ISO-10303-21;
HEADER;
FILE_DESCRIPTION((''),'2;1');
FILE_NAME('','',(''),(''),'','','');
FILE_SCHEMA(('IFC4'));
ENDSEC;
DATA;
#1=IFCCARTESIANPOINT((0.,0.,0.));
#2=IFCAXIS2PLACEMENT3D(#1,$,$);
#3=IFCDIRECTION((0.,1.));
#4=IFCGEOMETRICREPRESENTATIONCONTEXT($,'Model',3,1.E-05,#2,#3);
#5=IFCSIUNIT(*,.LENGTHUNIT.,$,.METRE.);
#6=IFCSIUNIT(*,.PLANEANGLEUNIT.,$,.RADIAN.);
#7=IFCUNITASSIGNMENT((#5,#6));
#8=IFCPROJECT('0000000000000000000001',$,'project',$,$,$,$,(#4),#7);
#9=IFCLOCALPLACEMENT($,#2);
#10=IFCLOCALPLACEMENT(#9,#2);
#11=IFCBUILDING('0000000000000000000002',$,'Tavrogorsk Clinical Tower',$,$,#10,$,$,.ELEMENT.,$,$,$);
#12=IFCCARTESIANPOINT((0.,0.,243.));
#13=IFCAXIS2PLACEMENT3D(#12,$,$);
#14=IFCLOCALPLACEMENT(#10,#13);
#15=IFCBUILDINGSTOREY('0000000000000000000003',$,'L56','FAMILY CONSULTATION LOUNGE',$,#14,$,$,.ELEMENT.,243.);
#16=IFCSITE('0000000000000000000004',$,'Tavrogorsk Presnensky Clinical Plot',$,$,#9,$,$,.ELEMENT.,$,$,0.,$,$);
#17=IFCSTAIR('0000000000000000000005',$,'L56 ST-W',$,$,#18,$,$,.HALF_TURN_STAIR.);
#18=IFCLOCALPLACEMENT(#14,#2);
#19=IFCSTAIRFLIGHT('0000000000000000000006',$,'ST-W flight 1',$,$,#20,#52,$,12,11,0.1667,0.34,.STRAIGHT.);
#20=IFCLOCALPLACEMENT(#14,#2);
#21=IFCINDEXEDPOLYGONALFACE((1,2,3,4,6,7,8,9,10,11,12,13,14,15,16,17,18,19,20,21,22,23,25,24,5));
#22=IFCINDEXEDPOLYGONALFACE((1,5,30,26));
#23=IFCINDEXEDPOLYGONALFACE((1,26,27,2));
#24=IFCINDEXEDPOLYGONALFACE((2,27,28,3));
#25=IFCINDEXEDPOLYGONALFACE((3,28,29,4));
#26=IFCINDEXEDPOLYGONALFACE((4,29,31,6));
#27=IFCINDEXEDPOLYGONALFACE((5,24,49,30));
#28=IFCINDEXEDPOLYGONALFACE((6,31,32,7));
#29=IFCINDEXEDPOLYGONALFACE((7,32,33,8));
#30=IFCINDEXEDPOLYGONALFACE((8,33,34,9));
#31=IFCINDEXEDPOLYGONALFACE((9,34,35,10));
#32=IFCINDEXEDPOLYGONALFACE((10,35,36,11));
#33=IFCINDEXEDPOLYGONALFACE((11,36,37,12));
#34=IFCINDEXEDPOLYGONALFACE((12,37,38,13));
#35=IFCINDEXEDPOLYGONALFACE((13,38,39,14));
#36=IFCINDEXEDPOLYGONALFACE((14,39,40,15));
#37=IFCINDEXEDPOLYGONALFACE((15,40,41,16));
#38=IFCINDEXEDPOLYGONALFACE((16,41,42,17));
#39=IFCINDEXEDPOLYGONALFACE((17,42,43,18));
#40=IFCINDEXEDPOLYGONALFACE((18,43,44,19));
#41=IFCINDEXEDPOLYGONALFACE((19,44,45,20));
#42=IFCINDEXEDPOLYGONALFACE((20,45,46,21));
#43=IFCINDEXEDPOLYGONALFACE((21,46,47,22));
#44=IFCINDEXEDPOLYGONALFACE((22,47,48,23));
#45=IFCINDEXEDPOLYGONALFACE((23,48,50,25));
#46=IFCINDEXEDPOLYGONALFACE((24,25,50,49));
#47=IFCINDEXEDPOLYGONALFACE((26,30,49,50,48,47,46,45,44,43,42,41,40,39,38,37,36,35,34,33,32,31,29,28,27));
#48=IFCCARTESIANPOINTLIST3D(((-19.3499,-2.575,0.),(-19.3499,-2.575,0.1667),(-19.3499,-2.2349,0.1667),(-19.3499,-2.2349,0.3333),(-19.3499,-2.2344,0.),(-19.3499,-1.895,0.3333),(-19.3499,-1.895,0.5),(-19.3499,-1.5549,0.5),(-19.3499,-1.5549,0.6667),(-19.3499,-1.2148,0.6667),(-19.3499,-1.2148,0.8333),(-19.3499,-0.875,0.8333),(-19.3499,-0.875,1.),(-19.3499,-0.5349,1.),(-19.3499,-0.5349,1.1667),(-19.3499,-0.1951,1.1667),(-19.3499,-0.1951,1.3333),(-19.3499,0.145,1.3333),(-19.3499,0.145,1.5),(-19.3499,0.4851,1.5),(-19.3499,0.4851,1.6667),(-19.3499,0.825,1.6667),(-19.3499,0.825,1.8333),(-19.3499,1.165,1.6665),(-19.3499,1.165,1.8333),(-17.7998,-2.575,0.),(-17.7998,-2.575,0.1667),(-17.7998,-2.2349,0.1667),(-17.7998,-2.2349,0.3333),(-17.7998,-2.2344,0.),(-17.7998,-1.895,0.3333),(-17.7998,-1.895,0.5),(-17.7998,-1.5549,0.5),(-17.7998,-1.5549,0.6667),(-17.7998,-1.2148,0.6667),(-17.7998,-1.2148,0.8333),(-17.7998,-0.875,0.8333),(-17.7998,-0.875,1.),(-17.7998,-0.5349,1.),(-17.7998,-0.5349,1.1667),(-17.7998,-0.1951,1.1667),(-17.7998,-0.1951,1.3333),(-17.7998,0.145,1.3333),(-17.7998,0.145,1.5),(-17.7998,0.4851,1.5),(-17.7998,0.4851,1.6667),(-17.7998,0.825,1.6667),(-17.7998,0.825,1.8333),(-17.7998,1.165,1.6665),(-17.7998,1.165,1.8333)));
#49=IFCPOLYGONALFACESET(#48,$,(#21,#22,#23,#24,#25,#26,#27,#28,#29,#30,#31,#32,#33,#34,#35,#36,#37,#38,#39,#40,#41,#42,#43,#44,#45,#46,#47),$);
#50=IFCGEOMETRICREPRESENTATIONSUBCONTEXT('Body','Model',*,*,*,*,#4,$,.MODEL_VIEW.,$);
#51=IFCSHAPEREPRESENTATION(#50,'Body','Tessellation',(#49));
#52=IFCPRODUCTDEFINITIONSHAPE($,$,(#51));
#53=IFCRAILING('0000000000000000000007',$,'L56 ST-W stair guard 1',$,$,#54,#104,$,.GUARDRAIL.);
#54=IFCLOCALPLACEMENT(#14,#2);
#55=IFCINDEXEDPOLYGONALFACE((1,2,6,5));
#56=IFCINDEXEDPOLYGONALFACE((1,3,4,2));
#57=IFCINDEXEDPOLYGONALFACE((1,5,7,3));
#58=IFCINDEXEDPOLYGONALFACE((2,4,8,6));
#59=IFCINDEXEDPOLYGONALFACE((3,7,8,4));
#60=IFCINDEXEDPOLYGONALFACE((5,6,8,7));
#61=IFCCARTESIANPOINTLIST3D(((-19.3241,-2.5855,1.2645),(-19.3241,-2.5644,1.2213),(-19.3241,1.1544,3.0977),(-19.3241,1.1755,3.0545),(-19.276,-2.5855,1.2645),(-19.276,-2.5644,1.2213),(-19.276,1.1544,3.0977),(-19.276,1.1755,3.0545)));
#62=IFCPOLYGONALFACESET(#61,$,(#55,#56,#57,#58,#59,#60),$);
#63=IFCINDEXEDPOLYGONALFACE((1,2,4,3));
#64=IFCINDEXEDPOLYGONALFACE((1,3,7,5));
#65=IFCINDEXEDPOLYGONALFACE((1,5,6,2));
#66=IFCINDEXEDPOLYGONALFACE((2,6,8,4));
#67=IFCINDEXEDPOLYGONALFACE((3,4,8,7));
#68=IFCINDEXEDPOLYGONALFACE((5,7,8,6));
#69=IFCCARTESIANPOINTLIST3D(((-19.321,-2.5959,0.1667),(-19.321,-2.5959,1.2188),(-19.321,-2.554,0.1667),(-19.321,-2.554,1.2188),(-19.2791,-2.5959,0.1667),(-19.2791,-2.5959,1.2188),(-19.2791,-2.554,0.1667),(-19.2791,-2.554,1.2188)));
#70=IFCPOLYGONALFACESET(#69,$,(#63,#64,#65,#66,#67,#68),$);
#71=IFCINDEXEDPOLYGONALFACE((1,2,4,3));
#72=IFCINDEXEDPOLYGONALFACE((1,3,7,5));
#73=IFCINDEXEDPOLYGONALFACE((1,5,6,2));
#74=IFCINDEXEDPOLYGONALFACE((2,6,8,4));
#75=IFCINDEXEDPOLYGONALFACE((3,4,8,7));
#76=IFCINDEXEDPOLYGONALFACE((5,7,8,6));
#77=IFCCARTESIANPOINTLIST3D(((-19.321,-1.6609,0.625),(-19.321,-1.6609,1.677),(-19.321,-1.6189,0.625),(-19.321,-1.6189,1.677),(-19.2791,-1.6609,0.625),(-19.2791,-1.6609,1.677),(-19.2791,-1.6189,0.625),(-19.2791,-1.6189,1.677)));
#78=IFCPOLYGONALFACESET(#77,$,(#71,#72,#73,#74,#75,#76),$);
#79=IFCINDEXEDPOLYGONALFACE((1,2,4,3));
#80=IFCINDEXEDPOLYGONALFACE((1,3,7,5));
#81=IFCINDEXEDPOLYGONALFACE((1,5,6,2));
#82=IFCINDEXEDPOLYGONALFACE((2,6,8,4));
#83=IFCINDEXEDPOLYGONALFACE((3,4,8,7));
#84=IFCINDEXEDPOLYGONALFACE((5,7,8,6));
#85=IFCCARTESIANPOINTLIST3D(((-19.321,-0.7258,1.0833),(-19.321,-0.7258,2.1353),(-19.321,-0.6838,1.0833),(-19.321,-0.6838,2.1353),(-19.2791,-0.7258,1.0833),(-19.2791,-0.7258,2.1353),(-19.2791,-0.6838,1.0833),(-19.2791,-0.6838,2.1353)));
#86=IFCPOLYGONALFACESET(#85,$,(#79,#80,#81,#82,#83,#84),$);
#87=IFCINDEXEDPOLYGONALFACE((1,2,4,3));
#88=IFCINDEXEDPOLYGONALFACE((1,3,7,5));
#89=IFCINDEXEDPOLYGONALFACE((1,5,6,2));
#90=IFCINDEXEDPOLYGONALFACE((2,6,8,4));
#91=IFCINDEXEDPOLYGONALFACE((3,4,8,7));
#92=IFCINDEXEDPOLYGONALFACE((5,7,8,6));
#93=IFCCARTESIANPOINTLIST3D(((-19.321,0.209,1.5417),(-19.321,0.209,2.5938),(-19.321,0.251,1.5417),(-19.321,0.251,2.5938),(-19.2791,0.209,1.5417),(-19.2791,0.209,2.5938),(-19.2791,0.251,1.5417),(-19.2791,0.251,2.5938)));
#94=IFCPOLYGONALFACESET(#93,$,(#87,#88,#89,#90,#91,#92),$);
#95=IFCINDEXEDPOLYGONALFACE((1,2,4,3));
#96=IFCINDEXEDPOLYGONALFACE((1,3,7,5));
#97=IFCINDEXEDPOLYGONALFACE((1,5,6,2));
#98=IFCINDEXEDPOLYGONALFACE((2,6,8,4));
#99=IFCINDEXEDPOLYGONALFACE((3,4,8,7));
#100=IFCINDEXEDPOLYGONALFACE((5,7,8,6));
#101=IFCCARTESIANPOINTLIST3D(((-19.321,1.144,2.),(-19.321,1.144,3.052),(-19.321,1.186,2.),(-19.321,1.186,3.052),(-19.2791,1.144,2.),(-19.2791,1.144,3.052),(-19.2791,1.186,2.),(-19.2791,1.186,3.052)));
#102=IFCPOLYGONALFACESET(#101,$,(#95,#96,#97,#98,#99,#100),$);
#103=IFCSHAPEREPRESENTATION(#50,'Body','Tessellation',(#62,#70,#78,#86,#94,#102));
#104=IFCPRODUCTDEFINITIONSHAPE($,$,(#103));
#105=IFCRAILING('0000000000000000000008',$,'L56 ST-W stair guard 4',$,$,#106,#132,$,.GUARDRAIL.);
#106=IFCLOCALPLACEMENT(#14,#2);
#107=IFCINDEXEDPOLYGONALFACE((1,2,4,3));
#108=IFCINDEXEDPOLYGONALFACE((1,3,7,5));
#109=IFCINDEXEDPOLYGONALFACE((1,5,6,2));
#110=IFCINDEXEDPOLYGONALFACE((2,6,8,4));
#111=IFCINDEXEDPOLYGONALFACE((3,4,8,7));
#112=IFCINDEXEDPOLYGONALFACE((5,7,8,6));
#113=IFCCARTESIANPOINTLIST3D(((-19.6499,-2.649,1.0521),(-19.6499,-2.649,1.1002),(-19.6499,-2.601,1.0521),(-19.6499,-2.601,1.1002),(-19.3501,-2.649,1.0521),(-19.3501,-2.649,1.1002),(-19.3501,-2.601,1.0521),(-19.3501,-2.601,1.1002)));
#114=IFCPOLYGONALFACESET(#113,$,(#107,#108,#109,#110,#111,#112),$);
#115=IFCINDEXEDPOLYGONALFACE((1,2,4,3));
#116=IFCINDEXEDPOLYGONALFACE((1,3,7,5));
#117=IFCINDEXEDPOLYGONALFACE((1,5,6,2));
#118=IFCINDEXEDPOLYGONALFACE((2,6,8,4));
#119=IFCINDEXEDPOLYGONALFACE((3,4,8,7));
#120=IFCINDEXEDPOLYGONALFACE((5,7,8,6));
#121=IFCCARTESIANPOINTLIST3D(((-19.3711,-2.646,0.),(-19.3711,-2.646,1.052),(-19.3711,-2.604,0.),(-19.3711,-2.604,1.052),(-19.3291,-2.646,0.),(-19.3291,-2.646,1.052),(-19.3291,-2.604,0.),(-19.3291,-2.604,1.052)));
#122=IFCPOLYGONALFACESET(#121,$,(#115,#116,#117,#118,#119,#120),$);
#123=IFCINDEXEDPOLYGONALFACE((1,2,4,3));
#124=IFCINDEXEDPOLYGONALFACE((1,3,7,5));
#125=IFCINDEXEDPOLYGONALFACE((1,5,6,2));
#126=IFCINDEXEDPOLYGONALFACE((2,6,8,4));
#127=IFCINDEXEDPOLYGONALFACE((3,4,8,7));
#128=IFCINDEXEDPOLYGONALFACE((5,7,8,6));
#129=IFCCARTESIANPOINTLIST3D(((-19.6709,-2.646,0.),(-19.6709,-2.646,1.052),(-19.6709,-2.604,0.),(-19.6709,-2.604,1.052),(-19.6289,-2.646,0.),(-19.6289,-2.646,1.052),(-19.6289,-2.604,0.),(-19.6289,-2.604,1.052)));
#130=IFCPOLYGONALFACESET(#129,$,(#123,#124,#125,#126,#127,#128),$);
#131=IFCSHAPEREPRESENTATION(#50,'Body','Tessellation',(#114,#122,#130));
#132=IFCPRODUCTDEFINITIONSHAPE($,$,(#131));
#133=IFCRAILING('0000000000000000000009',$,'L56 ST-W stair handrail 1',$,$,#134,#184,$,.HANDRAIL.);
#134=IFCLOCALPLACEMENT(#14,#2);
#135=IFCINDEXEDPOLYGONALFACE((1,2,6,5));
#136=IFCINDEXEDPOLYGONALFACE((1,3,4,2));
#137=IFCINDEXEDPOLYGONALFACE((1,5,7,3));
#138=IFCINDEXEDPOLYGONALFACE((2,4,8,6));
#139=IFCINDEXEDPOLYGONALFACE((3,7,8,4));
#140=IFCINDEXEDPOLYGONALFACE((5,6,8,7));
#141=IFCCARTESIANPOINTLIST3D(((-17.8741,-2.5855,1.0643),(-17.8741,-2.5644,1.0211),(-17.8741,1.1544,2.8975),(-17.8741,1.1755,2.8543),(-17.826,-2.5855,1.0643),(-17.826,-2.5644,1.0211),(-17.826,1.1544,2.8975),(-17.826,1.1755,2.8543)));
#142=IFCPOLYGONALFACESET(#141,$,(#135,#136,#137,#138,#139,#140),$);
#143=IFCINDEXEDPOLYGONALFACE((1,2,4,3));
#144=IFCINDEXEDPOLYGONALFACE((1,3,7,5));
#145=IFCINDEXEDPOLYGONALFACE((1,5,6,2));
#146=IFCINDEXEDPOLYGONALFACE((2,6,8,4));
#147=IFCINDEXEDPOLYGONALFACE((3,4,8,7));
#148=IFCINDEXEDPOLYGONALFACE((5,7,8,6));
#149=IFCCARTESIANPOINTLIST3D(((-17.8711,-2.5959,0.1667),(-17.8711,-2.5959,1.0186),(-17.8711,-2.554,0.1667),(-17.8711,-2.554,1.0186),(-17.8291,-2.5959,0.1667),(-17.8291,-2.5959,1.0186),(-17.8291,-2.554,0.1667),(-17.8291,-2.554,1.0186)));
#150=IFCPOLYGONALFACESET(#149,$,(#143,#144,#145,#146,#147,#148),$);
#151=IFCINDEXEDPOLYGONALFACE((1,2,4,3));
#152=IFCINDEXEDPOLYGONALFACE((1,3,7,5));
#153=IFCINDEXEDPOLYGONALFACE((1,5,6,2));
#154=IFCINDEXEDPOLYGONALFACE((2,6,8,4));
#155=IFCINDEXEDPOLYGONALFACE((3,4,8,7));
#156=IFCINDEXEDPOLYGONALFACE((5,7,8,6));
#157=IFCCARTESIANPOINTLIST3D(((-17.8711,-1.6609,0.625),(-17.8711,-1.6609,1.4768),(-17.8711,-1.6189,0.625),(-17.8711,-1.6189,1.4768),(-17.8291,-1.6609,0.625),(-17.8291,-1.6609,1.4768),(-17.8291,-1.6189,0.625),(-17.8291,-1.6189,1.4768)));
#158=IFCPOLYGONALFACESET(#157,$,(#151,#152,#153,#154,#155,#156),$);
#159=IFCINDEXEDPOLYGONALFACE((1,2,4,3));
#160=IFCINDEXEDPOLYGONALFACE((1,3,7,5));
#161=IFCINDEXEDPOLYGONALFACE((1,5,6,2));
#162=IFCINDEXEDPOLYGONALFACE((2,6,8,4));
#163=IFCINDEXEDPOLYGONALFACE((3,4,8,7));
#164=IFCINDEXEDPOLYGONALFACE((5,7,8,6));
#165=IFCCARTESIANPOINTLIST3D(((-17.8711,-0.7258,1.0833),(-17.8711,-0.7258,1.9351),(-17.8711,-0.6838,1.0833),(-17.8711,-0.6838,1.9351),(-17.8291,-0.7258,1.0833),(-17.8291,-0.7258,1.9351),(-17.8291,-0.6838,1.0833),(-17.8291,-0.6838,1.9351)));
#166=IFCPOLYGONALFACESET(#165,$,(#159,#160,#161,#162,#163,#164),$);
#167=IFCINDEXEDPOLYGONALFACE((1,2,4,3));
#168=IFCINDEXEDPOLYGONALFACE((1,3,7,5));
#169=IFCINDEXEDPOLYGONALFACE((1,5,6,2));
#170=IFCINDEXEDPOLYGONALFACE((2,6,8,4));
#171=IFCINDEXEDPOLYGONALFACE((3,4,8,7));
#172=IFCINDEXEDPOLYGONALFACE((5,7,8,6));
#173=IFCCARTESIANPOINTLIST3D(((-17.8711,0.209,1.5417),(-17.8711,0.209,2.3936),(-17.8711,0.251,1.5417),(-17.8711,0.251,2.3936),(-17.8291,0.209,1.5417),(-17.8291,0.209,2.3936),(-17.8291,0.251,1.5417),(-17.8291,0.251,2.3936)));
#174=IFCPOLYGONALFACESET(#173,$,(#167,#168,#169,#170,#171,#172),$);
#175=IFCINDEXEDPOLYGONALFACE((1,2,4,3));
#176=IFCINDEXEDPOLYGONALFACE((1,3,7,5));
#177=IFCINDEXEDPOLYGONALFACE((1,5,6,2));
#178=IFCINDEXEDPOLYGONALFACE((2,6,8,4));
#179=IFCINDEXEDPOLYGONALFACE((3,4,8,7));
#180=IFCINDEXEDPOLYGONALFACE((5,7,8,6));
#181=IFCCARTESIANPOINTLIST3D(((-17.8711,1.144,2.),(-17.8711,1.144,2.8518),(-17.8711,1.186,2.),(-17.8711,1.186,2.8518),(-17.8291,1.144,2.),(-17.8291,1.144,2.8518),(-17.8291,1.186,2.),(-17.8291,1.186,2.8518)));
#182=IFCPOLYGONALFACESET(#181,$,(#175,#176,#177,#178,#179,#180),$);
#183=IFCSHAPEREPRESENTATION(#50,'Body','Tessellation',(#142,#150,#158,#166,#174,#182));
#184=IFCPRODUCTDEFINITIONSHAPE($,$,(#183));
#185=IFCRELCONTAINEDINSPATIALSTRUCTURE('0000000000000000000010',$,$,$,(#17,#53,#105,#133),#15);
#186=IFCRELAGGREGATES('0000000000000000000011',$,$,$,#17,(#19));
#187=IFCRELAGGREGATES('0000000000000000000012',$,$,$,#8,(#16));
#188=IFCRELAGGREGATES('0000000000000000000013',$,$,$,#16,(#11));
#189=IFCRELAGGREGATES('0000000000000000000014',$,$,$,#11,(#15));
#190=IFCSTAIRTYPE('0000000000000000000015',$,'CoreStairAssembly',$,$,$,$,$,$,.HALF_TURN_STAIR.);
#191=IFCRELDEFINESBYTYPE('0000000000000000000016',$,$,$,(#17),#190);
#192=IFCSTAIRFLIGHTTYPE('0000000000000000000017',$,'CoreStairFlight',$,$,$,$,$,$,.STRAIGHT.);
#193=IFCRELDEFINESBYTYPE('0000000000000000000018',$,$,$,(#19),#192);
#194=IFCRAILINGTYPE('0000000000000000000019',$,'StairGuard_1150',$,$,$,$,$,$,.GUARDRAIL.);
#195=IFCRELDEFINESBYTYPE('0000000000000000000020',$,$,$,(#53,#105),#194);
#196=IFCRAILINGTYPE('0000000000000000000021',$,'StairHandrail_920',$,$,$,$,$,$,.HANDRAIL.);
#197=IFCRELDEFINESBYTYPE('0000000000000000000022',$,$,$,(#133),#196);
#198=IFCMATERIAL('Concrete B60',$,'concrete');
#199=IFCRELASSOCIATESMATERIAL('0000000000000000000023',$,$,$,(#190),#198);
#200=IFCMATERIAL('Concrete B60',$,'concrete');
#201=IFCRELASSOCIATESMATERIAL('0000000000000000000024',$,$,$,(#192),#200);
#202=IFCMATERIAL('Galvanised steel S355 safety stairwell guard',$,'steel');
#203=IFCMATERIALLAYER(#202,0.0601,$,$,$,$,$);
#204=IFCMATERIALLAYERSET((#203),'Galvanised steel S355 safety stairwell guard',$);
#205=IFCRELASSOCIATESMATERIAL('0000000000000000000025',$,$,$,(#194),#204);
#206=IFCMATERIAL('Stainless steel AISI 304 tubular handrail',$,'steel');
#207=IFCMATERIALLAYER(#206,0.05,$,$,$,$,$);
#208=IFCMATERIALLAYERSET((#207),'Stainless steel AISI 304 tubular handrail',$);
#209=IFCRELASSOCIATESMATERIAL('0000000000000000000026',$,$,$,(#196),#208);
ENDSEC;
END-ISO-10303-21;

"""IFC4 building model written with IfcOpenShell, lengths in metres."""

from ifc_helpers import new_model, si_unit, direction, frame, origin, origin_2d, place, context, subcontext, project, spatial, polyline, rectangle, outline, extrude, material, layer, layer_set, type_object, element, aggregate, save


model = new_model("IFC4")

# Units and contexts
model_context = context("Model", 3, precision=1e-05, world=origin(), true_north=direction((0.0, 1.0)))
body_context = subcontext(model_context, "Body", "Model", "MODEL_VIEW")
ifc_project = project(units=[si_unit("LENGTHUNIT", "METRE"), si_unit("PLANEANGLEUNIT", "RADIAN")], contexts=[model_context])

# Site, building, storey
site_placement = place(None, origin())
site = spatial("IfcSite", under=ifc_project, at=site_placement, Name="Tavrogorsk Presnensky Clinical Plot", CompositionType="ELEMENT", RefElevation=0.0)
building_placement = place(site_placement, origin())
building = spatial("IfcBuilding", under=site, at=building_placement, Name="Tavrogorsk Clinical Tower", CompositionType="ELEMENT")
storey_placement = place(building_placement, frame((0.0, 0.0, 243.0)))
storey = spatial("IfcBuildingStorey", under=building, at=storey_placement, Name="L56", Description="FAMILY CONSULTATION LOUNGE", CompositionType="ELEMENT", Elevation=243.0)

# Stair, stair flight
ifc_material_1 = material(Name="Concrete B60", Category="concrete")
stair_type = type_object("IfcStairType", Name="CoreStairAssembly", PredefinedType="HALF_TURN_STAIR", material=ifc_material_1)
stair_placement = place(storey_placement, origin())
stair = element("IfcStair", 1, at=stair_placement, inside=storey, type_object=stair_type, Name="L56 ST-W", PredefinedType="HALF_TURN_STAIR")
ifc_material_2 = material(Name="Concrete B60", Category="concrete")
stair_flight_type = type_object("IfcStairFlightType", Name="CoreStairFlight", PredefinedType="STRAIGHT", material=ifc_material_2)
stair_flight_placement = place(storey_placement, frame((-18.575, -2.575, 0.0), z_axis=(0.0, 0.0, 1.0), x_axis=(0.0, 1.0, 0.0)))
stair_flight = element("IfcStairFlight", 2, at=stair_flight_placement, type_object=stair_flight_type, Name="ST-W flight 1", NumberOfRisers=12, NumberOfTreads=11, PredefinedType="STRAIGHT", RiserHeight=0.1667, TreadLength=0.34, context=body_context, shape_type="SweptSolid", body=[
    extrude(outline(polyline([(0.0, 0.0), (0.0, 0.1667), (0.3401, 0.1667), (0.3401, 0.3333), (0.6799, 0.3333), (0.6799, 0.5), (1.02, 0.5), (1.02, 0.6667), (1.3601, 0.6667), (1.3601, 0.8333), (1.7, 0.8333), (1.7, 1.0), (2.04, 1.0), (2.04, 1.1667), (2.3799, 1.1667), (2.3799, 1.3333), (2.72, 1.3333), (2.72, 1.5), (3.0601, 1.5), (3.0601, 1.6667), (3.3999, 1.6667), (3.3999, 1.8333), (3.74, 1.8333), (3.74, 2.0), (3.74, 1.6665), (0.3406, 0.0), (0.0, 0.0)])), frame((0.0, 0.7749, 0.0), z_axis=(0.0, -1.0, 0.0), x_axis=(1.0, 0.0, 0.0)), (0.0, 0.0, 1.0), 1.55),
])
aggregate(stair, [stair_flight])

# Railings
ifc_material_3 = material(Name="Galvanised steel S355 safety stairwell guard", Category="steel")
ifc_layer_1 = layer(ifc_material_3, 0.0601)
ifc_layer_set_1 = layer_set([ifc_layer_1], Name="Galvanised steel S355 safety stairwell guard")
railing_type_1 = type_object("IfcRailingType", Name="StairGuard_1150", PredefinedType="GUARDRAIL", material=ifc_layer_set_1)
railing_1_placement = place(storey_placement, frame((-19.3, -2.575, 0.1667)))
element("IfcRailing", 3, at=railing_1_placement, inside=storey, type_object=railing_type_1, Name="L56 ST-W stair guard 1", PredefinedType="GUARDRAIL", context=body_context, shape_type="SweptSolid", body=[
    extrude(rectangle(XDim=0.0481, YDim=0.0481, at=origin_2d()), frame((0.0, 0.0, 1.0762), z_axis=(0.0, 0.897928, 0.440142), x_axis=(-1.0, 0.0, 0.0)), (0.0, 0.0, 1.0), 4.165),
    extrude(rectangle(XDim=0.042, YDim=0.042, at=origin_2d()), origin(), (0.0, 0.0, 1.0), 1.052),
    extrude(rectangle(XDim=0.042, YDim=0.042, at=origin_2d()), frame((0.0, 0.9351, 0.4583)), (0.0, 0.0, 1.0), 1.052),
    extrude(rectangle(XDim=0.042, YDim=0.042, at=origin_2d()), frame((0.0, 1.8701, 0.9165)), (0.0, 0.0, 1.0), 1.052),
    extrude(rectangle(XDim=0.042, YDim=0.042, at=origin_2d()), frame((0.0, 2.8049, 1.375)), (0.0, 0.0, 1.0), 1.052),
    extrude(rectangle(XDim=0.042, YDim=0.042, at=origin_2d()), frame((0.0, 3.74, 1.8333)), (0.0, 0.0, 1.0), 1.052),
])
railing_2_placement = place(storey_placement, frame((-19.3501, -2.625, 0.0)))
element("IfcRailing", 4, at=railing_2_placement, inside=storey, type_object=railing_type_1, Name="L56 ST-W stair guard 4", PredefinedType="GUARDRAIL", context=body_context, shape_type="SweptSolid", body=[
    extrude(rectangle(XDim=0.0481, YDim=0.0481, at=origin_2d()), frame((0.0, 0.0, 1.0762), z_axis=(-1.0, 0.0, 0.0), x_axis=(0.0, -1.0, 0.0)), (0.0, 0.0, 1.0), 0.2998),
    extrude(rectangle(XDim=0.042, YDim=0.042, at=origin_2d()), origin(), (0.0, 0.0, 1.0), 1.052),
    extrude(rectangle(XDim=0.042, YDim=0.042, at=origin_2d()), frame((-0.2998, 0.0, 0.0)), (0.0, 0.0, 1.0), 1.052),
])
ifc_material_4 = material(Name="Stainless steel AISI 304 tubular handrail", Category="steel")
ifc_layer_2 = layer(ifc_material_4, 0.05)
ifc_layer_set_2 = layer_set([ifc_layer_2], Name="Stainless steel AISI 304 tubular handrail")
railing_type_2 = type_object("IfcRailingType", Name="StairHandrail_920", PredefinedType="HANDRAIL", material=ifc_layer_set_2)
railing_3_placement = place(storey_placement, frame((-17.8501, -2.575, 0.1667)))
element("IfcRailing", 5, at=railing_3_placement, inside=storey, type_object=railing_type_2, Name="L56 ST-W stair handrail 1", PredefinedType="HANDRAIL", context=body_context, shape_type="SweptSolid", body=[
    extrude(rectangle(XDim=0.0481, YDim=0.0481, at=origin_2d()), frame((0.0, 0.0, 0.876), z_axis=(0.0, 0.897928, 0.440142), x_axis=(-1.0, 0.0, 0.0)), (0.0, 0.0, 1.0), 4.165),
    extrude(rectangle(XDim=0.042, YDim=0.042, at=origin_2d()), origin(), (0.0, 0.0, 1.0), 0.8518),
    extrude(rectangle(XDim=0.042, YDim=0.042, at=origin_2d()), frame((0.0, 0.9351, 0.4583)), (0.0, 0.0, 1.0), 0.8518),
    extrude(rectangle(XDim=0.042, YDim=0.042, at=origin_2d()), frame((0.0, 1.8701, 0.9165)), (0.0, 0.0, 1.0), 0.8518),
    extrude(rectangle(XDim=0.042, YDim=0.042, at=origin_2d()), frame((0.0, 2.8049, 1.375)), (0.0, 0.0, 1.0), 0.8518),
    extrude(rectangle(XDim=0.042, YDim=0.042, at=origin_2d()), frame((0.0, 3.74, 1.8333)), (0.0, 0.0, 1.0), 0.8518),
])

save(model, "model.ifc")
